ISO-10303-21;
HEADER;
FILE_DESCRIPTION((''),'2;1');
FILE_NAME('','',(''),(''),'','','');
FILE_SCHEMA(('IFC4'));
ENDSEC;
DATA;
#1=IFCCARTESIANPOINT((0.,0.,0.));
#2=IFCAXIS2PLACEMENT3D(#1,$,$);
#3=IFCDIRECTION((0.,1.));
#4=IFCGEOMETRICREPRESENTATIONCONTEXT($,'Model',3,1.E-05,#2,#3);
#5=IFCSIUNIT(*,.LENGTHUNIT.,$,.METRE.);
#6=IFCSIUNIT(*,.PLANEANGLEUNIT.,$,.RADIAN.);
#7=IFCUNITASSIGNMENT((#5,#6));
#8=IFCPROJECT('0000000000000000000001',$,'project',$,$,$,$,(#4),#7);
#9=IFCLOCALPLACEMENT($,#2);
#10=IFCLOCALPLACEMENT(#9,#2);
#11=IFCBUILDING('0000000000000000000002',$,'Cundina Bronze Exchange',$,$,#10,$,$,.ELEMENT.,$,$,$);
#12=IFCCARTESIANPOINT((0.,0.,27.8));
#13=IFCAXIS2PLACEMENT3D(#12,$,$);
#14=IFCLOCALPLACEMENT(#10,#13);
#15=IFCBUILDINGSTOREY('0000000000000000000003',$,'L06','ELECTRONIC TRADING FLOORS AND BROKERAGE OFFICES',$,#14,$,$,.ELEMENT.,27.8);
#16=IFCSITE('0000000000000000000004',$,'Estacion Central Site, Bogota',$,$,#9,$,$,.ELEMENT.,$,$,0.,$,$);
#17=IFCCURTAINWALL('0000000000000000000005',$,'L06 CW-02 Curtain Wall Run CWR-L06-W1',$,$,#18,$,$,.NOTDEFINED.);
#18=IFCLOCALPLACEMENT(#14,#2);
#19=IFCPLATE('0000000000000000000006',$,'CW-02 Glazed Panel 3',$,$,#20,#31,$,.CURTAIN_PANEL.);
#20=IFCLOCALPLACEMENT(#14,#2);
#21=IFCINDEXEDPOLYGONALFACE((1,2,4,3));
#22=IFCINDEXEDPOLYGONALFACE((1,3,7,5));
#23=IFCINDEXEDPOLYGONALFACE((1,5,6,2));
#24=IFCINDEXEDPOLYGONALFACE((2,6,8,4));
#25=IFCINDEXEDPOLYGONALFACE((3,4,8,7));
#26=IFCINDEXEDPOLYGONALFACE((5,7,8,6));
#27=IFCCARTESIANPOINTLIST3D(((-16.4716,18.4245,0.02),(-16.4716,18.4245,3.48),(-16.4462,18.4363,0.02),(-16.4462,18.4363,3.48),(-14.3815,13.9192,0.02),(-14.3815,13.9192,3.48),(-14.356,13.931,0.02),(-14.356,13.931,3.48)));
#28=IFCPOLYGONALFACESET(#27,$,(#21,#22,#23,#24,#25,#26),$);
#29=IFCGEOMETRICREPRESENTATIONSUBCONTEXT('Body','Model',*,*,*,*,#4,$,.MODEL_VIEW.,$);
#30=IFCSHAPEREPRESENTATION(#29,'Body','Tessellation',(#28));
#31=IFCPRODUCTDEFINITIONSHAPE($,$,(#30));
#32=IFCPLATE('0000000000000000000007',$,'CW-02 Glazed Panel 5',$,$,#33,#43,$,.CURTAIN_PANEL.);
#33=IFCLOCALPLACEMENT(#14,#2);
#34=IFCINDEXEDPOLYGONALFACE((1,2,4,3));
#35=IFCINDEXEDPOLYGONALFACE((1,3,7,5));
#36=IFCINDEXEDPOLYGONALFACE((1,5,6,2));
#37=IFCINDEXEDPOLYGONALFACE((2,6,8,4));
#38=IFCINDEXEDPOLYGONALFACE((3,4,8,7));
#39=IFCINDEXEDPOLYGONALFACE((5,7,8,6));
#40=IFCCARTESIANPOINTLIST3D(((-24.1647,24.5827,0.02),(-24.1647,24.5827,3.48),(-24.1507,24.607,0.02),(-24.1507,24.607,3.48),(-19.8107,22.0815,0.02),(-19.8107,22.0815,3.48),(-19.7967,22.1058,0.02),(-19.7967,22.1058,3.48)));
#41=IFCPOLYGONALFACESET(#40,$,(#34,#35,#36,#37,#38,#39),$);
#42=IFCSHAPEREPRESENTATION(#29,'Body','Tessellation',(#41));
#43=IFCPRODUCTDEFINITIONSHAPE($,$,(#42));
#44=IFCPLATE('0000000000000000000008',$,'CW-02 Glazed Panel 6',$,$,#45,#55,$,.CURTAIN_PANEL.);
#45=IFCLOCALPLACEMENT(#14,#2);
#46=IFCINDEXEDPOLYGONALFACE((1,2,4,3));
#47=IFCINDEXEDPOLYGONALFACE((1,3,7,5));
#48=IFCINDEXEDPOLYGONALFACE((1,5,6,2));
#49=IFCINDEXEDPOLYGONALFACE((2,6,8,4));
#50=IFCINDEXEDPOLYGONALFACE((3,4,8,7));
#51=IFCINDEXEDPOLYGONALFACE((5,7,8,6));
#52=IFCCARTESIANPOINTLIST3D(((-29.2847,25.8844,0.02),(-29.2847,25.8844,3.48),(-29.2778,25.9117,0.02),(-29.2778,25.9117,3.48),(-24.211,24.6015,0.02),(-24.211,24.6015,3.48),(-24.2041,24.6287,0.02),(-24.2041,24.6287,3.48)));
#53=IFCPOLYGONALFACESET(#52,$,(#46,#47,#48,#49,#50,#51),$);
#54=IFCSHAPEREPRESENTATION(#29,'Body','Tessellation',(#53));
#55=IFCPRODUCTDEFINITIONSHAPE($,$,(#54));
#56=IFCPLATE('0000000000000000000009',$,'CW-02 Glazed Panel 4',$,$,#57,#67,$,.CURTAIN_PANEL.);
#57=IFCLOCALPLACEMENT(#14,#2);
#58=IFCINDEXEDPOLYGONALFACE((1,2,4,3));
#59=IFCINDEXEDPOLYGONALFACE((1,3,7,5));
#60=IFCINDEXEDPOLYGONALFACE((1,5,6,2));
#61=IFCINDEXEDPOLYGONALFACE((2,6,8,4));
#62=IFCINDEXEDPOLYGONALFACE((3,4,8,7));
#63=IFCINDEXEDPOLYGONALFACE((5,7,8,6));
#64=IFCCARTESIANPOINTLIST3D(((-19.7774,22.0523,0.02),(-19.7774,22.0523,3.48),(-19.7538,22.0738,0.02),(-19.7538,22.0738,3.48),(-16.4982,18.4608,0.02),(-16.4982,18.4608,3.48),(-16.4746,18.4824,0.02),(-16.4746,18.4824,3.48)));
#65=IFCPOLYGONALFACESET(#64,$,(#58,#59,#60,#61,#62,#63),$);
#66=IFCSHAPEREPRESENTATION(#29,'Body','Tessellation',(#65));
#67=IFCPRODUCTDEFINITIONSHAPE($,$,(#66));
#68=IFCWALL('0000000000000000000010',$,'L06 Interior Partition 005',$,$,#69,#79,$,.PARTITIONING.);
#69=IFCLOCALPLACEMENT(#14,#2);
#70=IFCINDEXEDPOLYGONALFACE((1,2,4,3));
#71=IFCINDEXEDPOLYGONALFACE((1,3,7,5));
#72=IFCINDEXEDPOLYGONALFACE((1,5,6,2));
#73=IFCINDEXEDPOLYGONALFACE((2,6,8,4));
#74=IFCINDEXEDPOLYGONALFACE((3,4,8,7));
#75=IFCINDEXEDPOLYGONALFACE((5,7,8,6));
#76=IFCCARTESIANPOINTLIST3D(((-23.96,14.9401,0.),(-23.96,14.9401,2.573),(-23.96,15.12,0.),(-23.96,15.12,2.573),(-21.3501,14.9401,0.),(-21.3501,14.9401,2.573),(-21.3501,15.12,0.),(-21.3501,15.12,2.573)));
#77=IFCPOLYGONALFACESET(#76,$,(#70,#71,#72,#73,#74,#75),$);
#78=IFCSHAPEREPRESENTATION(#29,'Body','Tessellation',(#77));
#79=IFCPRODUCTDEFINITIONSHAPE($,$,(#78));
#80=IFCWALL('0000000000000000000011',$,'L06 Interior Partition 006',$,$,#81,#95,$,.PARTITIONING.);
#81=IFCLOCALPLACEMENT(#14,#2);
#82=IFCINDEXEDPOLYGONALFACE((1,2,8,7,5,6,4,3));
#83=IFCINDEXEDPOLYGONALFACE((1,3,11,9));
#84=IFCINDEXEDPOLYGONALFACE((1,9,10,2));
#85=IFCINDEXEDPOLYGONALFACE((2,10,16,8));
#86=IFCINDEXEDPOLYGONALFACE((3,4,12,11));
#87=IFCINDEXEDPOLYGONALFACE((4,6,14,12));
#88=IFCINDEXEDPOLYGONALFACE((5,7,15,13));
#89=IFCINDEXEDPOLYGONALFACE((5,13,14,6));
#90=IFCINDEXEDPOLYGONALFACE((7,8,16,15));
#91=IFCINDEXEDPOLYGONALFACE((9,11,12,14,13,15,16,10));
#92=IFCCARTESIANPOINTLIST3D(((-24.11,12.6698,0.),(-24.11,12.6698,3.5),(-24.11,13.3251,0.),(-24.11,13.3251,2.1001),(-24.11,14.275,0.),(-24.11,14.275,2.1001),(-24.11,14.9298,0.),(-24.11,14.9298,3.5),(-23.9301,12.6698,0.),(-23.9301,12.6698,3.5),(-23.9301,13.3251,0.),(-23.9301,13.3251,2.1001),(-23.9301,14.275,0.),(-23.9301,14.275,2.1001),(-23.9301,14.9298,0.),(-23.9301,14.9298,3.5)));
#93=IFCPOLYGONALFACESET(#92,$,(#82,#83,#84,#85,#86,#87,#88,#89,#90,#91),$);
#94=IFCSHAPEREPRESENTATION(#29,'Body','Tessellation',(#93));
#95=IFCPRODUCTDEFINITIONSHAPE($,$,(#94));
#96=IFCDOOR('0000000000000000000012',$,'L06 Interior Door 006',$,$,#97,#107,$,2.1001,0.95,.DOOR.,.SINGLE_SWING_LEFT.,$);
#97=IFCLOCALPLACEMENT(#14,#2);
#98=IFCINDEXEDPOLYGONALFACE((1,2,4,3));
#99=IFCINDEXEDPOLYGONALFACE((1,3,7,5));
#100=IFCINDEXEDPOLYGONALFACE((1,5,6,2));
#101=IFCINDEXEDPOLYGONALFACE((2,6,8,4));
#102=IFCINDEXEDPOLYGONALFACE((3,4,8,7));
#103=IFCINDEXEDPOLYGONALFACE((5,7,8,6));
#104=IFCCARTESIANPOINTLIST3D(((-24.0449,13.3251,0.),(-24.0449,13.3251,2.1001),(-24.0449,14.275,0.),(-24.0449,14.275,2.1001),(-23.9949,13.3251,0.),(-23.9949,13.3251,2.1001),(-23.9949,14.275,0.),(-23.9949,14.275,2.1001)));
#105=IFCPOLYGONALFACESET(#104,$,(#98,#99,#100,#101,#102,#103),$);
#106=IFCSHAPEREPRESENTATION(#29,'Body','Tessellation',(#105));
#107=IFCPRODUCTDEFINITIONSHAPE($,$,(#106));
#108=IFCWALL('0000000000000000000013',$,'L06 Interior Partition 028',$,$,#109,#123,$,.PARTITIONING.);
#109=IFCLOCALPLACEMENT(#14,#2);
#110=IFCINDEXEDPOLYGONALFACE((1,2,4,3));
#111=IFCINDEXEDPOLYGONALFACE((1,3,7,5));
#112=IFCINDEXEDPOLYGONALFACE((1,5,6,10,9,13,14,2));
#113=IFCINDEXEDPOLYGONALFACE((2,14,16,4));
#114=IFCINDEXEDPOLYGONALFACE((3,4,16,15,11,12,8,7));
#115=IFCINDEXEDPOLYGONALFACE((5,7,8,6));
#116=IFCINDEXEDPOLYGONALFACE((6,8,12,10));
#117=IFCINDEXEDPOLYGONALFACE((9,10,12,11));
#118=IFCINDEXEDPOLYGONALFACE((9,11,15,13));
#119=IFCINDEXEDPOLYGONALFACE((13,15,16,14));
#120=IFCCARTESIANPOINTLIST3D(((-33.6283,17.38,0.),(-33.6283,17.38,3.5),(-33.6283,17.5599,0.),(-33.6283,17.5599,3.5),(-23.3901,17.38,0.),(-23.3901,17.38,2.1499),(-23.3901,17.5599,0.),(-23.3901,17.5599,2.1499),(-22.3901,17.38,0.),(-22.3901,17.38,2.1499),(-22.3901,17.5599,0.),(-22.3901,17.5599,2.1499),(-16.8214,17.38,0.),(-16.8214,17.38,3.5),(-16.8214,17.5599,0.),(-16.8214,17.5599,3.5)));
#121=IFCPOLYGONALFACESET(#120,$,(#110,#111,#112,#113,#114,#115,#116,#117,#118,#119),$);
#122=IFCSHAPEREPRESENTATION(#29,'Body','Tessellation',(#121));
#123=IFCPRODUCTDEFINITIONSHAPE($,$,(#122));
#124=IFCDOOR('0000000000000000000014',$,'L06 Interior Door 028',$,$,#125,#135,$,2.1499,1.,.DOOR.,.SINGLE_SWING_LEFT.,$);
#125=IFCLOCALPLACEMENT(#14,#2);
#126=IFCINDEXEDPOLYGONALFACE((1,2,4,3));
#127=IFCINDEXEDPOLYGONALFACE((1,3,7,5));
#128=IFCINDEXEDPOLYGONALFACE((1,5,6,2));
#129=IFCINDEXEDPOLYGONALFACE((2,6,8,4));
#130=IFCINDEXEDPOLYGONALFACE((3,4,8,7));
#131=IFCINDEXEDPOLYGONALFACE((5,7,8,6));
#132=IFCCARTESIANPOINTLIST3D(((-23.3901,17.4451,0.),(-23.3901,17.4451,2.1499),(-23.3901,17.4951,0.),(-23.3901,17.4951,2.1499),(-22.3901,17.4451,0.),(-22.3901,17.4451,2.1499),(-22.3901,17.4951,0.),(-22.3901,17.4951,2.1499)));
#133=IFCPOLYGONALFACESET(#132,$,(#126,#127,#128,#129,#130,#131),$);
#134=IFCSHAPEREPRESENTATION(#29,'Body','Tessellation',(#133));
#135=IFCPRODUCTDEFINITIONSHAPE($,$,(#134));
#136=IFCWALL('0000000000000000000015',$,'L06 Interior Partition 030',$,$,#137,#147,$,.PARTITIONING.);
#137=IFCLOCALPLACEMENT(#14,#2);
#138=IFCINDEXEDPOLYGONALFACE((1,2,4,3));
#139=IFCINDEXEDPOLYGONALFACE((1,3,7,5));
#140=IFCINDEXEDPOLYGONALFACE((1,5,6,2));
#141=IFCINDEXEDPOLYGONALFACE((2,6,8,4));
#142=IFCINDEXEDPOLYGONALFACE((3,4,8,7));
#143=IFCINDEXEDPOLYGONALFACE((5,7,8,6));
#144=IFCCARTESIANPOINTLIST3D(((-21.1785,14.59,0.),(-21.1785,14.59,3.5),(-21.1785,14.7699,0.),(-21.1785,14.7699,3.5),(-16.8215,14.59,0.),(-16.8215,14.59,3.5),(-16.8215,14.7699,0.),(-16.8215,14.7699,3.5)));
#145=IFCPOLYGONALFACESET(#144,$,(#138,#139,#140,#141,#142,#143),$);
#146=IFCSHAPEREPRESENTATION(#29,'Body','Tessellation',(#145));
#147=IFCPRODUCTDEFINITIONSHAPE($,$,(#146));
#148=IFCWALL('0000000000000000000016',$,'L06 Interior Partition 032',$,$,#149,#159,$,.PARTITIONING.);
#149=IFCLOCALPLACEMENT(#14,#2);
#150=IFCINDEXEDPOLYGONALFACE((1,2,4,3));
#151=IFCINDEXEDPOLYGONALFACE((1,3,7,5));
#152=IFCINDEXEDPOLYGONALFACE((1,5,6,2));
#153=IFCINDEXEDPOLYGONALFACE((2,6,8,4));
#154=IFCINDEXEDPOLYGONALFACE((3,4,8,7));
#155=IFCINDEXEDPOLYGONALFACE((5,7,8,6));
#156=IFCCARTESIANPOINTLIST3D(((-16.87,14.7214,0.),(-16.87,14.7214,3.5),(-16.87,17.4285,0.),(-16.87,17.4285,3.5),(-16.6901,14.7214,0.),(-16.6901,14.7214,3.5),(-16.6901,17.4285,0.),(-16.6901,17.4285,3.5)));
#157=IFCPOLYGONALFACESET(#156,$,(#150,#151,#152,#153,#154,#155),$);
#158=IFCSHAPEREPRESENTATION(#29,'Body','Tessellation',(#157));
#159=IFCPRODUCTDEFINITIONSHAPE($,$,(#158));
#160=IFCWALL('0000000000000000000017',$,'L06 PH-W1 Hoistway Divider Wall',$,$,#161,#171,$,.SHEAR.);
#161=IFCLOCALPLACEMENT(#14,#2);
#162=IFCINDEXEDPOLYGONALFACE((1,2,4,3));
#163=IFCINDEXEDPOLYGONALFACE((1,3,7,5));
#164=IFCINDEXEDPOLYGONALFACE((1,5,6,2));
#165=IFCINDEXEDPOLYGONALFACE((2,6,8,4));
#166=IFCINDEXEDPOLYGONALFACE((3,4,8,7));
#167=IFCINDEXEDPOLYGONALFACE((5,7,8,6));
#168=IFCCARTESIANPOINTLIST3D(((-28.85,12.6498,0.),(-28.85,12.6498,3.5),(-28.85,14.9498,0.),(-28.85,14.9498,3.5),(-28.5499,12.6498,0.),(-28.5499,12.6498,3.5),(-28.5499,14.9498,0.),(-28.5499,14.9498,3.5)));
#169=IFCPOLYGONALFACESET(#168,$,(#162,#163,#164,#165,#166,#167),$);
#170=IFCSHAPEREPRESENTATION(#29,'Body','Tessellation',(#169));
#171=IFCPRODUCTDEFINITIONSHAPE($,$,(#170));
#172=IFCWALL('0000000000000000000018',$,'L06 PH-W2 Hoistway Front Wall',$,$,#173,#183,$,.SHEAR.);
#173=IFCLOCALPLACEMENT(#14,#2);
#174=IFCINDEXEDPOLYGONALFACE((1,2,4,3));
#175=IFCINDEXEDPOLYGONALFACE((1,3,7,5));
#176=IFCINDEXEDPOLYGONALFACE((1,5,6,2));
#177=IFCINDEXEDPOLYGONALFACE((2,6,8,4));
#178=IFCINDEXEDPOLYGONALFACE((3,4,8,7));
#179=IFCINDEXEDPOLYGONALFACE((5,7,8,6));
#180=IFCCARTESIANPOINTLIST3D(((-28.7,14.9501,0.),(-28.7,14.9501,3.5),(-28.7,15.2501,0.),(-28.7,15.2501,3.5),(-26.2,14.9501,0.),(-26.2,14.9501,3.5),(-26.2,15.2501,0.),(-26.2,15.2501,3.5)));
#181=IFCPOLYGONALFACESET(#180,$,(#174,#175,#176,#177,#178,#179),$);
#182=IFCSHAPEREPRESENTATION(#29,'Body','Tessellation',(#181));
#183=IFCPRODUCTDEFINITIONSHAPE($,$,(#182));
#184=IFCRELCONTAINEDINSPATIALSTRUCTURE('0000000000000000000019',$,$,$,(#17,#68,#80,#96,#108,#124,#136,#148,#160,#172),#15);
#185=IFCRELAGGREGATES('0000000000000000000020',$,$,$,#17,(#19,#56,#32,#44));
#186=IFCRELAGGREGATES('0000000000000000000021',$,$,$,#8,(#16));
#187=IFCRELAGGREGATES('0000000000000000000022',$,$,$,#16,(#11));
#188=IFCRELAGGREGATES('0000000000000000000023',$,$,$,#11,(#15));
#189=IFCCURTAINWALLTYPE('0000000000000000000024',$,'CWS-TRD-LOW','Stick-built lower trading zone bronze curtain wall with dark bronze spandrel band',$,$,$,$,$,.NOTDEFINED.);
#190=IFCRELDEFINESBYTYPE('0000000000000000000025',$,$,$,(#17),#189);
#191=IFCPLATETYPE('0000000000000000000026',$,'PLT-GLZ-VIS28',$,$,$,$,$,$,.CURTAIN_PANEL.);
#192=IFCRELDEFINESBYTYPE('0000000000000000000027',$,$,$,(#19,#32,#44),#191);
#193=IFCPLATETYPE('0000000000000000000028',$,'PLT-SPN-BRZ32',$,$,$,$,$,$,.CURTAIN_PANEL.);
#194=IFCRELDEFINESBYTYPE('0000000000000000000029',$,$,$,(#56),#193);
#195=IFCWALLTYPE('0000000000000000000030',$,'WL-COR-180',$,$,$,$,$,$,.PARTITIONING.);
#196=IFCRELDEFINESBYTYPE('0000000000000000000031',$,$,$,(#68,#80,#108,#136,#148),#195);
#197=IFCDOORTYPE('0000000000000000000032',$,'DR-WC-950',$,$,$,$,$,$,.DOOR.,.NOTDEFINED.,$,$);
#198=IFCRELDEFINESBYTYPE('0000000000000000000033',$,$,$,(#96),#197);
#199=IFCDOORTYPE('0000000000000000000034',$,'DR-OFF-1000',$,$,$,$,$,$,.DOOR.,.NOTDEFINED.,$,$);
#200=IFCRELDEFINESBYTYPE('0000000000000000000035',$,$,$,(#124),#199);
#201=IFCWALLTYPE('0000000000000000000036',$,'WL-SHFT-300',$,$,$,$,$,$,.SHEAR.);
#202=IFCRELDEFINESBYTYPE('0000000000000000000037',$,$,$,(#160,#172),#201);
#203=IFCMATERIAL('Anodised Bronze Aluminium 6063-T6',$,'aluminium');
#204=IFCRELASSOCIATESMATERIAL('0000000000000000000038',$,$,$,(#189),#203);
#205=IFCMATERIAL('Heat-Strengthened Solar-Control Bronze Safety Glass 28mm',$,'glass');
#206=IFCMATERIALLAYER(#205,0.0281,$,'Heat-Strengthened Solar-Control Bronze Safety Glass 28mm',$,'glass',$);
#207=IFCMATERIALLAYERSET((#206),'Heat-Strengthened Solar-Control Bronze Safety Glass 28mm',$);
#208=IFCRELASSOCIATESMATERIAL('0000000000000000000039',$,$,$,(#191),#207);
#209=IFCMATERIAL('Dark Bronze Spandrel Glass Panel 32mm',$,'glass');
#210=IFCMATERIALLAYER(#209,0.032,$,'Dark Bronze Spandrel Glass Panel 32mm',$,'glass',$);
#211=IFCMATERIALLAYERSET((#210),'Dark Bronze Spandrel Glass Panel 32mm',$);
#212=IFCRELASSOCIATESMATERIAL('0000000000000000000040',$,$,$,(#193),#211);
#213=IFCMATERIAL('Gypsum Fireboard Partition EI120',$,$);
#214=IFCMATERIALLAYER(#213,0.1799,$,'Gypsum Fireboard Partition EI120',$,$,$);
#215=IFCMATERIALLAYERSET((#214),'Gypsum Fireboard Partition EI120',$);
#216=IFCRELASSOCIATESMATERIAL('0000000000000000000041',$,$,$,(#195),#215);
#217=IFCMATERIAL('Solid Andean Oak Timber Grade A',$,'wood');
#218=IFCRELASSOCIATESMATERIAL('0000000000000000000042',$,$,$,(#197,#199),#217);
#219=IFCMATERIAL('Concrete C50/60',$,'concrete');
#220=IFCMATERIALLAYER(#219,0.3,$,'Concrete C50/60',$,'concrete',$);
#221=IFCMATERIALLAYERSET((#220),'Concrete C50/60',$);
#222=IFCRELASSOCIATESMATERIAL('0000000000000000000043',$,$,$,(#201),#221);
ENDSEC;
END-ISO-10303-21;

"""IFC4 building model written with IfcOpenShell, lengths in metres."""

from ifc_helpers import new_model, si_unit, direction, frame, frame_2d, origin, origin_2d, place, context, subcontext, project, spatial, rectangle, extrude, material, layer, layer_set, type_object, element, fill, aggregate, save


model = new_model("IFC4")

# Units and contexts
model_context = context("Model", 3, precision=1e-05, world=origin(), true_north=direction((0.0, 1.0)))
body_context = subcontext(model_context, "Body", "Model", "MODEL_VIEW")
ifc_project = project(units=[si_unit("LENGTHUNIT", "METRE"), si_unit("PLANEANGLEUNIT", "RADIAN")], contexts=[model_context])

# Site, building, storey
site_placement = place(None, origin())
site = spatial("IfcSite", under=ifc_project, at=site_placement, Name="Estacion Central Site, Bogota", CompositionType="ELEMENT", RefElevation=0.0)
building_placement = place(site_placement, origin())
building = spatial("IfcBuilding", under=site, at=building_placement, Name="Cundina Bronze Exchange", CompositionType="ELEMENT")
storey_placement = place(building_placement, frame((0.0, 0.0, 27.8)))
storey = spatial("IfcBuildingStorey", under=building, at=storey_placement, Name="L06", Description="ELECTRONIC TRADING FLOORS AND BROKERAGE OFFICES", CompositionType="ELEMENT", Elevation=27.8)

# Curtain wall, plates
ifc_material_1 = material(Name="Anodised Bronze Aluminium 6063-T6", Category="aluminium")
curtain_wall_type = type_object("IfcCurtainWallType", Name="CWS-TRD-LOW", Description="Stick-built lower trading zone bronze curtain wall with dark bronze spandrel band", PredefinedType="NOTDEFINED", material=ifc_material_1)
curtain_wall_placement = place(storey_placement, origin())
curtain_wall = element("IfcCurtainWall", 1, at=curtain_wall_placement, inside=storey, type_object=curtain_wall_type, Name="L06 CW-02 Curtain Wall Run CWR-L06-W1", PredefinedType="NOTDEFINED")
ifc_material_2 = material(Name="Heat-Strengthened Solar-Control Bronze Safety Glass 28mm", Category="glass")
ifc_layer_1 = layer(ifc_material_2, 0.0281, Name="Heat-Strengthened Solar-Control Bronze Safety Glass 28mm", Category="glass")
ifc_layer_set_1 = layer_set([ifc_layer_1], Name="Heat-Strengthened Solar-Control Bronze Safety Glass 28mm")
plate_type_1 = type_object("IfcPlateType", Name="PLT-GLZ-VIS28", PredefinedType="CURTAIN_PANEL", material=ifc_layer_set_1)
plate_1_placement = place(storey_placement, frame((-15.4138, 16.1777, 0.02), z_axis=(0.0, 0.0, 1.0), x_axis=(-0.420846, 0.907132, 0.0)))
plate_1 = element("IfcPlate", 2, at=plate_1_placement, type_object=plate_type_1, Name="CW-02 Glazed Panel 3", PredefinedType="CURTAIN_PANEL", context=body_context, shape_type="SweptSolid", body=[
    extrude(rectangle(XDim=4.9666, YDim=0.0281, at=origin_2d()), origin(), (0.0, 0.0, 1.0), 3.46),
])
plate_2_placement = place(storey_placement, frame((-21.9807, 23.3442, 0.02), z_axis=(0.0, 0.0, 1.0), x_axis=(-0.867105, 0.498125, 0.0)))
plate_2 = element("IfcPlate", 3, at=plate_2_placement, type_object=plate_type_1, Name="CW-02 Glazed Panel 5", PredefinedType="CURTAIN_PANEL", context=body_context, shape_type="SweptSolid", body=[
    extrude(rectangle(XDim=5.0212, YDim=0.0281, at=origin_2d()), origin(), (0.0, 0.0, 1.0), 3.46),
])
plate_3_placement = place(storey_placement, frame((-26.7444, 25.2566, 0.02), z_axis=(0.0, 0.0, 1.0), x_axis=(-0.969488, 0.245138, 0.0)))
plate_3 = element("IfcPlate", 4, at=plate_3_placement, type_object=plate_type_1, Name="CW-02 Glazed Panel 6", PredefinedType="CURTAIN_PANEL", context=body_context, shape_type="SweptSolid", body=[
    extrude(rectangle(XDim=5.2334, YDim=0.0281, at=origin_2d()), origin(), (0.0, 0.0, 1.0), 3.46),
])
ifc_material_3 = material(Name="Dark Bronze Spandrel Glass Panel 32mm", Category="glass")
ifc_layer_2 = layer(ifc_material_3, 0.032, Name="Dark Bronze Spandrel Glass Panel 32mm", Category="glass")
ifc_layer_set_2 = layer_set([ifc_layer_2], Name="Dark Bronze Spandrel Glass Panel 32mm")
plate_type_2 = type_object("IfcPlateType", Name="PLT-SPN-BRZ32", PredefinedType="CURTAIN_PANEL", material=ifc_layer_set_2)
plate_4_placement = place(storey_placement, frame((-18.126, 20.2673, 0.02), z_axis=(0.0, 0.0, 1.0), x_axis=(-0.674277, 0.738479, 0.0)))
plate_4 = element("IfcPlate", 5, at=plate_4_placement, type_object=plate_type_2, Name="CW-02 Glazed Panel 4", PredefinedType="CURTAIN_PANEL", context=body_context, shape_type="SweptSolid", body=[
    extrude(rectangle(XDim=4.8633, YDim=0.032, at=origin_2d()), origin(), (0.0, 0.0, 1.0), 3.46),
])
aggregate(curtain_wall, [plate_1, plate_4, plate_2, plate_3])

# Wall
ifc_material_4 = material(Name="Gypsum Fireboard Partition EI120")
ifc_layer_3 = layer(ifc_material_4, 0.1799, Name="Gypsum Fireboard Partition EI120")
ifc_layer_set_3 = layer_set([ifc_layer_3], Name="Gypsum Fireboard Partition EI120")
wall_type_1 = type_object("IfcWallType", Name="WL-COR-180", PredefinedType="PARTITIONING", material=ifc_layer_set_3)
wall_1_placement = place(storey_placement, frame((-23.96, 15.03, 0.0), z_axis=(0.0, 0.0, 1.0), x_axis=(1.0, 0.0, 0.0)))
element("IfcWall", 6, at=wall_1_placement, inside=storey, type_object=wall_type_1, Name="L06 Interior Partition 005", PredefinedType="PARTITIONING", context=body_context, shape_type="SweptSolid", body=[
    extrude(rectangle(XDim=2.6099, YDim=0.1799, at=frame_2d((1.3049, 0.0))), origin(), (0.0, 0.0, 1.0), 2.573),
])

# Walls, openings, doors
wall_2_placement = place(storey_placement, frame((-24.02, 12.6699, 0.0), z_axis=(0.0, 0.0, 1.0), x_axis=(0.0, 1.0, 0.0)))
wall_2 = element("IfcWall", 7, at=wall_2_placement, inside=storey, type_object=wall_type_1, Name="L06 Interior Partition 006", PredefinedType="PARTITIONING", context=body_context, shape_type="SweptSolid", body=[
    extrude(rectangle(XDim=2.26, YDim=0.1799, at=frame_2d((1.1299, 0.0))), origin(), (0.0, 0.0, 1.0), 3.5),
])
opening_1_placement = place(wall_2_placement, frame((0.655, 0.0, 0.0)))
opening_1 = element("IfcOpeningElement", 8, at=opening_1_placement, cuts=wall_2, PredefinedType="OPENING", context=body_context, shape_type="SweptSolid", body=[
    extrude(rectangle(XDim=0.95, YDim=2.1001, at=frame_2d((0.4751, 1.05))), frame((0.0, 0.0999, 0.0), z_axis=(0.0, -1.0, 0.0), x_axis=(1.0, 0.0, 0.0)), (0.0, 0.0, 1.0), 0.2),
])
ifc_material_5 = material(Name="Solid Andean Oak Timber Grade A", Category="wood")
door_type_1 = type_object("IfcDoorType", Name="DR-WC-950", OperationType="NOTDEFINED", PredefinedType="DOOR", material=ifc_material_5)
door_1_placement = place(opening_1_placement, origin())
door_1 = element("IfcDoor", 9, at=door_1_placement, inside=storey, type_object=door_type_1, Name="L06 Interior Door 006", OperationType="SINGLE_SWING_LEFT", OverallHeight=2.1001, OverallWidth=0.95, PredefinedType="DOOR", context=body_context, shape_type="SweptSolid", body=[
    extrude(rectangle(XDim=0.95, YDim=2.1001, at=frame_2d((0.4751, 1.05))), frame((0.0, 0.0249, 0.0), z_axis=(0.0, -1.0, 0.0), x_axis=(1.0, 0.0, 0.0)), (0.0, 0.0, 1.0), 0.05),
])
fill(opening_1, door_1)
wall_3_placement = place(storey_placement, frame((-16.8215, 17.47, 0.0), z_axis=(0.0, 0.0, 1.0), x_axis=(-1.0, 0.0, 0.0)))
wall_3 = element("IfcWall", 10, at=wall_3_placement, inside=storey, type_object=wall_type_1, Name="L06 Interior Partition 028", PredefinedType="PARTITIONING", context=body_context, shape_type="SweptSolid", body=[
    extrude(rectangle(XDim=16.8069, YDim=0.1799, at=frame_2d((8.4033, 0.0))), origin(), (0.0, 0.0, 1.0), 3.5),
])
opening_2_placement = place(wall_3_placement, frame((5.5686, 0.0, 0.0)))
opening_2 = element("IfcOpeningElement", 11, at=opening_2_placement, cuts=wall_3, PredefinedType="OPENING", context=body_context, shape_type="SweptSolid", body=[
    extrude(rectangle(XDim=1.0, YDim=2.1499, at=frame_2d((0.5, 1.075))), frame((0.0, 0.0999, 0.0), z_axis=(0.0, -1.0, 0.0), x_axis=(1.0, 0.0, 0.0)), (0.0, 0.0, 1.0), 0.2),
])
door_type_2 = type_object("IfcDoorType", Name="DR-OFF-1000", OperationType="NOTDEFINED", PredefinedType="DOOR", material=ifc_material_5)
door_2_placement = place(opening_2_placement, origin())
door_2 = element("IfcDoor", 12, at=door_2_placement, inside=storey, type_object=door_type_2, Name="L06 Interior Door 028", OperationType="SINGLE_SWING_LEFT", OverallHeight=2.1499, OverallWidth=1.0, PredefinedType="DOOR", context=body_context, shape_type="SweptSolid", body=[
    extrude(rectangle(XDim=1.0, YDim=2.1499, at=frame_2d((0.5, 1.075))), frame((0.0, 0.0249, 0.0), z_axis=(0.0, -1.0, 0.0), x_axis=(1.0, 0.0, 0.0)), (0.0, 0.0, 1.0), 0.05),
])
fill(opening_2, door_2)

# Walls
wall_4_placement = place(storey_placement, frame((-21.1785, 14.6799, 0.0), z_axis=(0.0, 0.0, 1.0), x_axis=(1.0, 0.0, 0.0)))
element("IfcWall", 13, at=wall_4_placement, inside=storey, type_object=wall_type_1, Name="L06 Interior Partition 030", PredefinedType="PARTITIONING", context=body_context, shape_type="SweptSolid", body=[
    extrude(rectangle(XDim=4.3569, YDim=0.1799, at=frame_2d((2.1785, 0.0))), origin(), (0.0, 0.0, 1.0), 3.5),
])
wall_5_placement = place(storey_placement, frame((-16.78, 14.7214, 0.0), z_axis=(0.0, 0.0, 1.0), x_axis=(0.0, 1.0, 0.0)))
element("IfcWall", 14, at=wall_5_placement, inside=storey, type_object=wall_type_1, Name="L06 Interior Partition 032", PredefinedType="PARTITIONING", context=body_context, shape_type="SweptSolid", body=[
    extrude(rectangle(XDim=2.707, YDim=0.1799, at=frame_2d((1.3535, 0.0))), origin(), (0.0, 0.0, 1.0), 3.5),
])

# Shared definitions
ifc_material_6 = material(Name="Concrete C50/60", Category="concrete")
ifc_layer_4 = layer(ifc_material_6, 0.3, Name="Concrete C50/60", Category="concrete")
ifc_layer_set_4 = layer_set([ifc_layer_4], Name="Concrete C50/60")
wall_type_2 = type_object("IfcWallType", Name="WL-SHFT-300", PredefinedType="SHEAR", material=ifc_layer_set_4)

# Walls
wall_6_placement = place(storey_placement, frame((-28.7, 12.6499, 0.0), z_axis=(0.0, 0.0, 1.0), x_axis=(0.0, 1.0, 0.0)))
element("IfcWall", 15, at=wall_6_placement, inside=storey, type_object=wall_type_2, Name="L06 PH-W1 Hoistway Divider Wall", PredefinedType="SHEAR", context=body_context, shape_type="SweptSolid", body=[
    extrude(rectangle(XDim=2.3, YDim=0.3, at=frame_2d((1.1499, 0.0))), origin(), (0.0, 0.0, 1.0), 3.5),
])
wall_7_placement = place(storey_placement, frame((-28.7, 15.1001, 0.0), z_axis=(0.0, 0.0, 1.0), x_axis=(1.0, 0.0, 0.0)))
element("IfcWall", 16, at=wall_7_placement, inside=storey, type_object=wall_type_2, Name="L06 PH-W2 Hoistway Front Wall", PredefinedType="SHEAR", context=body_context, shape_type="SweptSolid", body=[
    extrude(rectangle(XDim=2.5, YDim=0.3, at=frame_2d((1.25, 0.0))), origin(), (0.0, 0.0, 1.0), 3.5),
])

save(model, "model.ifc")
